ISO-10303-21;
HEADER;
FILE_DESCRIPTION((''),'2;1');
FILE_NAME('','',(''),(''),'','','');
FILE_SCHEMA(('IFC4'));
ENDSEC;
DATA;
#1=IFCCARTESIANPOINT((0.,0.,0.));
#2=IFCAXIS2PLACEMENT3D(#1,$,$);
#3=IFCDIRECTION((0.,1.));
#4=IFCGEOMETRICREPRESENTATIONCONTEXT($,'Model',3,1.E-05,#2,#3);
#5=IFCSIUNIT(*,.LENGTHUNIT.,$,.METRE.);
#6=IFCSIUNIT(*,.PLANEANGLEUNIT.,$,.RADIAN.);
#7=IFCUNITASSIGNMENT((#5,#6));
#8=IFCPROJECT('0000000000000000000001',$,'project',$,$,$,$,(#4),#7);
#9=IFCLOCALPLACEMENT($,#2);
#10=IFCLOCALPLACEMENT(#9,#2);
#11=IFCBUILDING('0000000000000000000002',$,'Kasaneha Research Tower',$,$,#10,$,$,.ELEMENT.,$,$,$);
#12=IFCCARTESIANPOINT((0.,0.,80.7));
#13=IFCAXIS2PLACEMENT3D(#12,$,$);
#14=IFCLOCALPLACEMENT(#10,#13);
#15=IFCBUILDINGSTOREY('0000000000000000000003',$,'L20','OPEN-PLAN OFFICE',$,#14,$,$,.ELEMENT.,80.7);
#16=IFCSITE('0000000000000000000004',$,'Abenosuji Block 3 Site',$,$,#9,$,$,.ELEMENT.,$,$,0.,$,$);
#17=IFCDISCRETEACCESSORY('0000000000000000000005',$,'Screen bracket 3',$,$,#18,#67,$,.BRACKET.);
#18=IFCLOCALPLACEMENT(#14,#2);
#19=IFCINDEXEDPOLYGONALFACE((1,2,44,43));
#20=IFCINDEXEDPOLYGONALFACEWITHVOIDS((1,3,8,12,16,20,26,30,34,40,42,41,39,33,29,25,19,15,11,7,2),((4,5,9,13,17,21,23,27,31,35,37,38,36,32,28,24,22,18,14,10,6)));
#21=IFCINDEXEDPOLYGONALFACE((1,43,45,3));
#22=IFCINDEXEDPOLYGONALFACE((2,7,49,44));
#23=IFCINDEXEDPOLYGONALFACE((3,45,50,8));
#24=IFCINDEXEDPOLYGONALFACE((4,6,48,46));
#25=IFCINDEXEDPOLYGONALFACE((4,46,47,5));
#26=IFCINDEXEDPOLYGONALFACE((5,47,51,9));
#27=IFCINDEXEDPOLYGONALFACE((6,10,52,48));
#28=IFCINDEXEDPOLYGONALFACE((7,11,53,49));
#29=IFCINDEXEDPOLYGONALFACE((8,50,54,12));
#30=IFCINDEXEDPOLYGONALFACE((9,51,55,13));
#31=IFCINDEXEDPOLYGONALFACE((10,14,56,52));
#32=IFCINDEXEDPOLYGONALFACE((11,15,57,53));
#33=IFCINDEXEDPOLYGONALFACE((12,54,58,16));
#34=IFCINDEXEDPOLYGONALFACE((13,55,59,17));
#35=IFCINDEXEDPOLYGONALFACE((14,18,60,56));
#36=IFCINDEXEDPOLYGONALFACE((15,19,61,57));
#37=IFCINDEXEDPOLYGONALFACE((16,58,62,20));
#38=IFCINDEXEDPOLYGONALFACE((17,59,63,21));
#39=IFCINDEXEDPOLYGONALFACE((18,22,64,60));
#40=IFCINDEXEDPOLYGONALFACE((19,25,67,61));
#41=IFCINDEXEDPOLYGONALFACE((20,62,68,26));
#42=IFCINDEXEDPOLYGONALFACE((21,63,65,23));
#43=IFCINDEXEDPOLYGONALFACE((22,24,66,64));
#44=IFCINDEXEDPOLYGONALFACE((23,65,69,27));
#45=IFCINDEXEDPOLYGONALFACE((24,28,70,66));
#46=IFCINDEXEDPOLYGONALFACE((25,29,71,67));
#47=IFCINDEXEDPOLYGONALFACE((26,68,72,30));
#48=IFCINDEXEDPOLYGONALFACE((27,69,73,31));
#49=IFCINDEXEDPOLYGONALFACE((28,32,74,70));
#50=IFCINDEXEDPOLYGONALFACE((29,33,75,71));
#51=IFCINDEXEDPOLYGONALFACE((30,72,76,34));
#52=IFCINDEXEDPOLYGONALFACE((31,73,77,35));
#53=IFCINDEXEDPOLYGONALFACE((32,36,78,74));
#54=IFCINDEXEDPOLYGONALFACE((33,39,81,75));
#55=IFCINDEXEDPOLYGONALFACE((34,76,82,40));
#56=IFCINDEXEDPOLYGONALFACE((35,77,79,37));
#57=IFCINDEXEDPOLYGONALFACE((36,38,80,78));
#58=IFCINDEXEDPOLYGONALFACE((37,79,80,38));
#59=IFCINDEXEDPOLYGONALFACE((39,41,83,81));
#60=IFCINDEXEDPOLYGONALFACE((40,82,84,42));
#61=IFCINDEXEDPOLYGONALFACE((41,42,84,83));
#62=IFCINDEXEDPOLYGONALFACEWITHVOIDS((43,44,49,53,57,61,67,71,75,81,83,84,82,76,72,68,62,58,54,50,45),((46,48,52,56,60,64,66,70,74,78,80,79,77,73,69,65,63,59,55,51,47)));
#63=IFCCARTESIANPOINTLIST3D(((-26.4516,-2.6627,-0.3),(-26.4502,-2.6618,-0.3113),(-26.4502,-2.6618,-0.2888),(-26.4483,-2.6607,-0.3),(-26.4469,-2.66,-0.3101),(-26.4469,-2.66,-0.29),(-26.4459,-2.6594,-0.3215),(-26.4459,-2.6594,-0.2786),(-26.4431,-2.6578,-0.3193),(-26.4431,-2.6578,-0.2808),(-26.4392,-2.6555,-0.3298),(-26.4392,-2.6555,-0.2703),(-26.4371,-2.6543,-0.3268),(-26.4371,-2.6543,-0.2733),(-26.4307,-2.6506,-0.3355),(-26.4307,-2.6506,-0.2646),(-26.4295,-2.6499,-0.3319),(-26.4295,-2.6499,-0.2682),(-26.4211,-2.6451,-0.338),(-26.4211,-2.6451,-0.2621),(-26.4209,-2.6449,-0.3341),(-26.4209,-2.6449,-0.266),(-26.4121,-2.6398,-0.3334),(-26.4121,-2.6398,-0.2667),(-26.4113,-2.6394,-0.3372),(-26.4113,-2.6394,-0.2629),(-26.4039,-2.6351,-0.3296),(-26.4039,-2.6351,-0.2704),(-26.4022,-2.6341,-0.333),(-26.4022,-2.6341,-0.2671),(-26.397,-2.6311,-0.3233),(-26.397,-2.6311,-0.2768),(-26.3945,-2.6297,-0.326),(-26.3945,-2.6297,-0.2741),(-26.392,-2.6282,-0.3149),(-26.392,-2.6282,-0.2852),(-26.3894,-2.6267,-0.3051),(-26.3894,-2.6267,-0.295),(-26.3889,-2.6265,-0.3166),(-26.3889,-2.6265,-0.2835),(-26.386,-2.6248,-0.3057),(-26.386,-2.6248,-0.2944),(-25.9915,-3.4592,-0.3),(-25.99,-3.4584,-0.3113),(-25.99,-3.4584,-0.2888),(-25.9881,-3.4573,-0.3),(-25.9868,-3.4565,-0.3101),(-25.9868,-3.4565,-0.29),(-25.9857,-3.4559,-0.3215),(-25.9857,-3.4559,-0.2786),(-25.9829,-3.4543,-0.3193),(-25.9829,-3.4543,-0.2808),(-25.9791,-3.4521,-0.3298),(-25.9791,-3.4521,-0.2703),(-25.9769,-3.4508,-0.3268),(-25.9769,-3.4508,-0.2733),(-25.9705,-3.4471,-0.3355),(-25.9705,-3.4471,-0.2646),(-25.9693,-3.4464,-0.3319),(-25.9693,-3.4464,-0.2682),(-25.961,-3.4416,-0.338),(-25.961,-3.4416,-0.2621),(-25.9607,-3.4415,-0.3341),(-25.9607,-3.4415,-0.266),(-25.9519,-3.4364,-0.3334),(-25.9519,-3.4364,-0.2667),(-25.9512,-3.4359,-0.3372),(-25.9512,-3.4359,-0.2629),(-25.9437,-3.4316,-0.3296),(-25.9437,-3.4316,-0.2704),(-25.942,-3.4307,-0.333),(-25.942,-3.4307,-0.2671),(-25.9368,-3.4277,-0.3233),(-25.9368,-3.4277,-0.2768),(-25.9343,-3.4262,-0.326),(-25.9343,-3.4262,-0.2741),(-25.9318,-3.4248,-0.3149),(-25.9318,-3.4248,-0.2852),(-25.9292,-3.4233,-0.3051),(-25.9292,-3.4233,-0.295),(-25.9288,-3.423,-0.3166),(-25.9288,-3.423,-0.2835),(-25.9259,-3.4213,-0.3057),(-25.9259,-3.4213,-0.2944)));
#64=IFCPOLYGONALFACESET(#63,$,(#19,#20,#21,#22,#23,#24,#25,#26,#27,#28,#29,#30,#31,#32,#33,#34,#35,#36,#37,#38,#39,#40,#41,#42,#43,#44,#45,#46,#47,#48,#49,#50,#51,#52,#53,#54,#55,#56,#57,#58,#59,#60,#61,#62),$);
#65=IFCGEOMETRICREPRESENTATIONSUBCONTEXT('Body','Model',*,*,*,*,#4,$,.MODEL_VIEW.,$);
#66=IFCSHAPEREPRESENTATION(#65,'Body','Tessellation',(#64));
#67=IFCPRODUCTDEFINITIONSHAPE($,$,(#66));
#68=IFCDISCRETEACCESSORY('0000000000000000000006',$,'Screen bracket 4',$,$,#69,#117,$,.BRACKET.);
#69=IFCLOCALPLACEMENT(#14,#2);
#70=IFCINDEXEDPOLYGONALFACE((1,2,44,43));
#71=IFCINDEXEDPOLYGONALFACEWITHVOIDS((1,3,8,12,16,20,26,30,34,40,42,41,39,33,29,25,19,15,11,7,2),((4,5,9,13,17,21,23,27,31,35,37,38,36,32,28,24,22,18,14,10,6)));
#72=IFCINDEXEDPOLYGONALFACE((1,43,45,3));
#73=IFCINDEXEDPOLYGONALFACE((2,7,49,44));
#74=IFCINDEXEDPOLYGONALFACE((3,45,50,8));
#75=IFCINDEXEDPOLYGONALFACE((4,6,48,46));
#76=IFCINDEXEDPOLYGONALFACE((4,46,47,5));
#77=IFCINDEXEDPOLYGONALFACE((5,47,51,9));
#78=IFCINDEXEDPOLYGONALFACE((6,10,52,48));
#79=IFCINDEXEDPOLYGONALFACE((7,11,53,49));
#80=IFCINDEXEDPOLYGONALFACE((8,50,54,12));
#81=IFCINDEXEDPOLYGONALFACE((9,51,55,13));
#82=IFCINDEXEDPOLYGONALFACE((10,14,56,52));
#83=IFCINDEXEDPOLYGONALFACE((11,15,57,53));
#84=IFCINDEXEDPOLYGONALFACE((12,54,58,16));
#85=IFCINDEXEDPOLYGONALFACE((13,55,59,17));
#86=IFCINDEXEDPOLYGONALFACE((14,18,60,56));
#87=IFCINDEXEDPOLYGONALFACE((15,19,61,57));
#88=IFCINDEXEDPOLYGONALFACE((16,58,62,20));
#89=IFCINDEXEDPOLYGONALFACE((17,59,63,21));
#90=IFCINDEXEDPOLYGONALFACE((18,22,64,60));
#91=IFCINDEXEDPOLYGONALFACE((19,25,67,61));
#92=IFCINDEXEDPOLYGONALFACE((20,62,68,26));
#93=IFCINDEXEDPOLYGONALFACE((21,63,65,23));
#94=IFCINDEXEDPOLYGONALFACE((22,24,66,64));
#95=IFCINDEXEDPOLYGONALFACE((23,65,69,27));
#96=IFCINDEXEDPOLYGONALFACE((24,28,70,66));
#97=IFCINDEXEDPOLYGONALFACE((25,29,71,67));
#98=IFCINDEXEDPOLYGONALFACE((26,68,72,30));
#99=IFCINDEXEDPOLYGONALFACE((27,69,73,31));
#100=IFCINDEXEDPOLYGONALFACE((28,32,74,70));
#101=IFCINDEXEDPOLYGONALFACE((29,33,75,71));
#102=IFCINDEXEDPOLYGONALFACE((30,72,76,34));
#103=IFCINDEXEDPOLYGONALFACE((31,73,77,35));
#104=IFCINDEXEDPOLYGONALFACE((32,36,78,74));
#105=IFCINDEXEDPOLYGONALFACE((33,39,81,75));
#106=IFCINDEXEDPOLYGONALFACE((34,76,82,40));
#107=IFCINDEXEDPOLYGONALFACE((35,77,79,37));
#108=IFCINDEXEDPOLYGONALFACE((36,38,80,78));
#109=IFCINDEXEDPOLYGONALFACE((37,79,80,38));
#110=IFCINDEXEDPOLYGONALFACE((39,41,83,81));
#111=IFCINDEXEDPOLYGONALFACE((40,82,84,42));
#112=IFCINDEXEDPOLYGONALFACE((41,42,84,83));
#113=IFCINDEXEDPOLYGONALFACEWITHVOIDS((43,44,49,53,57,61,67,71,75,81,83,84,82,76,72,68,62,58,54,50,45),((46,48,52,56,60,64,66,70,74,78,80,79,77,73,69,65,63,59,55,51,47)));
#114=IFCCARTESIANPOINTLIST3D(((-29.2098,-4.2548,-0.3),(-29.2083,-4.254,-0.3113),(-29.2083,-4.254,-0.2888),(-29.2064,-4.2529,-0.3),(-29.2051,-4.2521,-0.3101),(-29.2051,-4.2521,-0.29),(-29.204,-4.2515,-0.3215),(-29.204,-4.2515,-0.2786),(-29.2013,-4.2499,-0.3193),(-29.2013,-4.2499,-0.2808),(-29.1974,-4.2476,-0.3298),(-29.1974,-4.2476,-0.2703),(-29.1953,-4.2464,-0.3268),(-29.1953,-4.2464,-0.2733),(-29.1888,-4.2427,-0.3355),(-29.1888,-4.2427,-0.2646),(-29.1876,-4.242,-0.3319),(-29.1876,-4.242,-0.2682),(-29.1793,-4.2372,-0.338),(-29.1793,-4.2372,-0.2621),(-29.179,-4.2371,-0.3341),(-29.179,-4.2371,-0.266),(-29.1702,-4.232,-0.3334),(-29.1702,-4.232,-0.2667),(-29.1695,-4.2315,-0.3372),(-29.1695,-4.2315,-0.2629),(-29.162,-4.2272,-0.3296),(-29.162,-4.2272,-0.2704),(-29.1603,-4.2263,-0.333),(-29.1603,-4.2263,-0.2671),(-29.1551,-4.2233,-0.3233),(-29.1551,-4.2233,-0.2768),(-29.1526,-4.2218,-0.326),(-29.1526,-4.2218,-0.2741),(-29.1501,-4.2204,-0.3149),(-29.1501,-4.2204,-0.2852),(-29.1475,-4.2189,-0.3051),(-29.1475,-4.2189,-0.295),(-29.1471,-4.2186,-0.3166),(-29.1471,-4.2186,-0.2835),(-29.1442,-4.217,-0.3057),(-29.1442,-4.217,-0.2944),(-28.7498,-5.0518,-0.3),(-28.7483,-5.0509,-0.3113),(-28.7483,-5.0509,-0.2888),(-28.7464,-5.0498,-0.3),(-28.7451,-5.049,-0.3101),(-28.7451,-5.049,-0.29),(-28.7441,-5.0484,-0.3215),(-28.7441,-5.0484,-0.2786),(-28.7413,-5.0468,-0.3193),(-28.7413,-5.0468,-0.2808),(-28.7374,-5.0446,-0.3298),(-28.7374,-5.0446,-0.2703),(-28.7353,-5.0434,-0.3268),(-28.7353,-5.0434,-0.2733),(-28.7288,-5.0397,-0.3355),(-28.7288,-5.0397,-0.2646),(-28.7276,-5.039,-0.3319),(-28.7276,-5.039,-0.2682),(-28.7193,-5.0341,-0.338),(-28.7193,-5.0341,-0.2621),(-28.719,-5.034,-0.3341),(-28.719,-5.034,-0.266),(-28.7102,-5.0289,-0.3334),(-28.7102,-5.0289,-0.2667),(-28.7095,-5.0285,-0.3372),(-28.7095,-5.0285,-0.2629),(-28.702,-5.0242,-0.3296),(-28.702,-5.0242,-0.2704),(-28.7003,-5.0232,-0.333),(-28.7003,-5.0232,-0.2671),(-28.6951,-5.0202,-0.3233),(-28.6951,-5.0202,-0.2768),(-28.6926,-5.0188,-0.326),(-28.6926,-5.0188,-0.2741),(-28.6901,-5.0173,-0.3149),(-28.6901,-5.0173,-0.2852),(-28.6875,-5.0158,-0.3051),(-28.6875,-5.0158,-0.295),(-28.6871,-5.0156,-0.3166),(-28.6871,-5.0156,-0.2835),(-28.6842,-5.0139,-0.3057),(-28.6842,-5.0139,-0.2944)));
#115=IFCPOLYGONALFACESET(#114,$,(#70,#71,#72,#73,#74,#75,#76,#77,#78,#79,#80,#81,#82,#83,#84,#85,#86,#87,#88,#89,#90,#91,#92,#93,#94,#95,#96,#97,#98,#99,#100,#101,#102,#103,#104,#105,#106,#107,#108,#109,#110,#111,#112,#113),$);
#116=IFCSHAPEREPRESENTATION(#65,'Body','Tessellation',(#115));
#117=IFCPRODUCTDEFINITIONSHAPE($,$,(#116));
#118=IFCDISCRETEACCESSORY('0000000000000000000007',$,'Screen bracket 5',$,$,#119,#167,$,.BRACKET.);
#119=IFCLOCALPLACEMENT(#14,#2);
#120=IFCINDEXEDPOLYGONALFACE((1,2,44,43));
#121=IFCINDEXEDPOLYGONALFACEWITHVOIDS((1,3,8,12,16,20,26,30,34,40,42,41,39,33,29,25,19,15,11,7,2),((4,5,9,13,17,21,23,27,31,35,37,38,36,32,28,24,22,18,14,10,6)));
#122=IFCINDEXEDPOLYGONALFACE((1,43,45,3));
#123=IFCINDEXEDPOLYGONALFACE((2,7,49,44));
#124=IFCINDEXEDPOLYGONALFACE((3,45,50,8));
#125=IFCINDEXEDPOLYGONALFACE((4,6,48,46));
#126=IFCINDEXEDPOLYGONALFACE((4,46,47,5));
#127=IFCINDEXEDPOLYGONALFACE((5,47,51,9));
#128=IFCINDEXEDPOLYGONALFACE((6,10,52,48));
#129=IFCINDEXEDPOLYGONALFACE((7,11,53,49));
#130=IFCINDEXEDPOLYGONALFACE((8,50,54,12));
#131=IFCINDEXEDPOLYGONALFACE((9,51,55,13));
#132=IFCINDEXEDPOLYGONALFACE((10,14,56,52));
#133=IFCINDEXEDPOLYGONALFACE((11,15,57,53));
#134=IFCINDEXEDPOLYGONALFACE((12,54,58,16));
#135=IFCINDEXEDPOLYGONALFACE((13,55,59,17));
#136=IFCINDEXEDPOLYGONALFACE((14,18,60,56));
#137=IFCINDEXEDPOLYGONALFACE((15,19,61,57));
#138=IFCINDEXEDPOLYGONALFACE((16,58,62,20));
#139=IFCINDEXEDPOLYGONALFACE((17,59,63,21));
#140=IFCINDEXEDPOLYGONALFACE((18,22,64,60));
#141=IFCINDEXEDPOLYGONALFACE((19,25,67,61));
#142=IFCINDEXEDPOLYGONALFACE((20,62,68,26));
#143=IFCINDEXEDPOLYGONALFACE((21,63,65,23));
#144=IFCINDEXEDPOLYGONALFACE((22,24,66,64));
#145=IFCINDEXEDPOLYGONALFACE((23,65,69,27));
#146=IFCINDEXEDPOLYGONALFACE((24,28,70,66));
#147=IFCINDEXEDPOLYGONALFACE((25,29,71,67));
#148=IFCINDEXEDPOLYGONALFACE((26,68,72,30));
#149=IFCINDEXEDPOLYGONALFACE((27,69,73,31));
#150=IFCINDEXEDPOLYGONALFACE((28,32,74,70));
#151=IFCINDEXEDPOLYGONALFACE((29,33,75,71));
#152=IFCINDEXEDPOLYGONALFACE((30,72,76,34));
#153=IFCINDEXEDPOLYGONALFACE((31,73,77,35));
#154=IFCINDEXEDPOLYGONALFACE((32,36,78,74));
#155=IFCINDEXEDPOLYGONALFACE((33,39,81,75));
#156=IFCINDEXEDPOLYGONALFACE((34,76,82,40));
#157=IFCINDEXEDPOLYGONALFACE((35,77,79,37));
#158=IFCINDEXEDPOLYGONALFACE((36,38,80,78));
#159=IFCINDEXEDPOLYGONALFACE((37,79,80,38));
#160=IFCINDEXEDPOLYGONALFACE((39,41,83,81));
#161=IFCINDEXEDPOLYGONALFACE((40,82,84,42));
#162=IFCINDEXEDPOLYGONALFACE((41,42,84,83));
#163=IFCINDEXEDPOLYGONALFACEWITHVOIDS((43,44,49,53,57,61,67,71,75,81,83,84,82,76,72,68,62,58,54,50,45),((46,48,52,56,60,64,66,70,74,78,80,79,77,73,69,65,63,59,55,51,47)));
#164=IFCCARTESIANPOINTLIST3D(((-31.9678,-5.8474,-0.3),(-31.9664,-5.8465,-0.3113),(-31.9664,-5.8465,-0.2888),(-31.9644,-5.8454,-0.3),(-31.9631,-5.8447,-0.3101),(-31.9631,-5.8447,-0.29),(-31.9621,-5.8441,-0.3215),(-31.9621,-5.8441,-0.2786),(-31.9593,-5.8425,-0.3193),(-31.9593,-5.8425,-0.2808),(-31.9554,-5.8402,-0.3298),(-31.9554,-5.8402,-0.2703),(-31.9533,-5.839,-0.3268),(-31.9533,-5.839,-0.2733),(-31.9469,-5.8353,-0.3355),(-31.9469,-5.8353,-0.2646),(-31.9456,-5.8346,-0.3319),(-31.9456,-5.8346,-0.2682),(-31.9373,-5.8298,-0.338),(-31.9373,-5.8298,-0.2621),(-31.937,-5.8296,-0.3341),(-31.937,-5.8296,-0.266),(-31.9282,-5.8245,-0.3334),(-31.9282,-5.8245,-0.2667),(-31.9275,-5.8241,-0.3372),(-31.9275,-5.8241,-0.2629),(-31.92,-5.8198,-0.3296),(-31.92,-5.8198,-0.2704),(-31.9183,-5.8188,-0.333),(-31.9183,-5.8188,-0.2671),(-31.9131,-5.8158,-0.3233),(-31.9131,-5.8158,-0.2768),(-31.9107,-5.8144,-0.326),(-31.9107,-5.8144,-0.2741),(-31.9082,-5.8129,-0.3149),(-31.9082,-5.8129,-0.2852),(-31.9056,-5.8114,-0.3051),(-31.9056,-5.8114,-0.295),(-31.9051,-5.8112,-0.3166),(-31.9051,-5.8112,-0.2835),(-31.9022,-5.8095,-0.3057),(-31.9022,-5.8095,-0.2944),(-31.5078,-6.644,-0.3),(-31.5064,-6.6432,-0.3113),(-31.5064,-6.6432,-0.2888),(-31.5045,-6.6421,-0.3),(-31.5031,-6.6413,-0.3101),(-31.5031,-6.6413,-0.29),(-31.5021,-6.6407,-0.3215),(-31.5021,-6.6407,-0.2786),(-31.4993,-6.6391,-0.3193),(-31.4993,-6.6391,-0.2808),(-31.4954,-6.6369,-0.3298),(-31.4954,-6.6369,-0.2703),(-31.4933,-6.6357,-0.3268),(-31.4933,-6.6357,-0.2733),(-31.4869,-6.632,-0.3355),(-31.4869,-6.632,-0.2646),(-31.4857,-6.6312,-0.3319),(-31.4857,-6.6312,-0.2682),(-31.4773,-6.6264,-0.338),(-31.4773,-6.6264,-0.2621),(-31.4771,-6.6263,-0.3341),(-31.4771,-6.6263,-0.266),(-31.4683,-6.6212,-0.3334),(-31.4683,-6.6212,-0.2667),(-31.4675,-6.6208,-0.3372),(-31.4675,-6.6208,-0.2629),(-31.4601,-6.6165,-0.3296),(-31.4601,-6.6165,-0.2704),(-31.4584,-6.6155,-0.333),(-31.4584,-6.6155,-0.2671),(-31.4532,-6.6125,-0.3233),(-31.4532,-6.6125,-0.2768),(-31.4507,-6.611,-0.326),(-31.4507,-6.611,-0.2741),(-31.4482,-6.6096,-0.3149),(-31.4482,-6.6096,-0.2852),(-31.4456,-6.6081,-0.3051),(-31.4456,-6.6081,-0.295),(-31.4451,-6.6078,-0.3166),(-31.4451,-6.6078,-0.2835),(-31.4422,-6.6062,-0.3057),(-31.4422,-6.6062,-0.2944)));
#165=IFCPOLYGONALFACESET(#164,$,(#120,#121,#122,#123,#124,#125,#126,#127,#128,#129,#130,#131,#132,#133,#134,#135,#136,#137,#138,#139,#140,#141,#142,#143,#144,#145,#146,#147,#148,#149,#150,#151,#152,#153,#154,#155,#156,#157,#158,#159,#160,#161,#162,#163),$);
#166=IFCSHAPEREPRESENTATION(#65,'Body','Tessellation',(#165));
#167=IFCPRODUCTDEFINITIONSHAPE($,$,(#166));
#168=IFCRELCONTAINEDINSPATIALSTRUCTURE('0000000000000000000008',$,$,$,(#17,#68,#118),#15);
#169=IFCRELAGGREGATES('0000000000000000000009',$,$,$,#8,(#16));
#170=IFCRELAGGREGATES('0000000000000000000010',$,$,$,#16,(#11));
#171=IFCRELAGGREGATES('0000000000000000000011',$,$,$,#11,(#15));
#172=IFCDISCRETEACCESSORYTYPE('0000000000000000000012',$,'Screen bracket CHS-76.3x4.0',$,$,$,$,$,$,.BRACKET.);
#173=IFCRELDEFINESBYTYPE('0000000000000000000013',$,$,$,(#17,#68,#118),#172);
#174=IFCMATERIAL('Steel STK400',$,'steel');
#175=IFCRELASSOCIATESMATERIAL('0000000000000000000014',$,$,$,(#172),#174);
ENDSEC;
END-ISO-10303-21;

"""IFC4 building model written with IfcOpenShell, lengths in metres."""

from ifc_helpers import new_model, si_unit, direction, frame, origin, origin_2d, place, context, subcontext, project, spatial, hollow_circle, extrude, material, material_profile, profile_set, type_object, element, save


model = new_model("IFC4")

# Units and contexts
model_context = context("Model", 3, precision=1e-05, world=origin(), true_north=direction((0.0, 1.0)))
body_context = subcontext(model_context, "Body", "Model", "MODEL_VIEW")
ifc_project = project(units=[si_unit("LENGTHUNIT", "METRE"), si_unit("PLANEANGLEUNIT", "RADIAN")], contexts=[model_context])

# Site, building, storey
site_placement = place(None, origin())
site = spatial("IfcSite", under=ifc_project, at=site_placement, Name="Abenosuji Block 3 Site", CompositionType="ELEMENT", RefElevation=0.0)
building_placement = place(site_placement, origin())
building = spatial("IfcBuilding", under=site, at=building_placement, Name="Kasaneha Research Tower", CompositionType="ELEMENT")
storey_placement = place(building_placement, frame((0.0, 0.0, 80.7)))
storey = spatial("IfcBuildingStorey", under=building, at=storey_placement, Name="L20", Description="OPEN-PLAN OFFICE", CompositionType="ELEMENT", Elevation=80.7)

# Discrete accessories
ifc_material_1 = material(Name="Steel STK400", Category="steel")
ifc_material_profile_1 = material_profile(ifc_material_1, hollow_circle(Radius=0.0381, WallThickness=0.0039, at=origin_2d()), Name="CHS-76.3x4.0")
ifc_profile_set_1 = profile_set([ifc_material_profile_1], Name="Steel STK400")
discrete_accessory_type = type_object("IfcDiscreteAccessoryType", Name="Screen bracket CHS-76.3x4.0", PredefinedType="BRACKET", material=ifc_profile_set_1)
discrete_accessory_1_placement = place(storey_placement, frame((-25.9585, -3.4402, -0.3), z_axis=(-0.50022, 0.865898, 0.0), x_axis=(-0.865898, -0.50022, 0.0)))
element("IfcDiscreteAccessory", 1, at=discrete_accessory_1_placement, inside=storey, type_object=discrete_accessory_type, Name="Screen bracket 3", PredefinedType="BRACKET", context=body_context, shape_type="SweptSolid", body=[
    extrude(hollow_circle(Radius=0.0381, WallThickness=0.0039, at=origin_2d()), origin(), (0.0, 0.0, 1.0), 0.9199),
])
discrete_accessory_2_placement = place(storey_placement, frame((-28.7168, -5.0327, -0.3), z_axis=(-0.499906, 0.86608, 0.0), x_axis=(-0.86608, -0.499906, 0.0)))
element("IfcDiscreteAccessory", 2, at=discrete_accessory_2_placement, inside=storey, type_object=discrete_accessory_type, Name="Screen bracket 4", PredefinedType="BRACKET", context=body_context, shape_type="SweptSolid", body=[
    extrude(hollow_circle(Radius=0.0381, WallThickness=0.0039, at=origin_2d()), origin(), (0.0, 0.0, 1.0), 0.9202),
])
discrete_accessory_3_placement = place(storey_placement, frame((-31.4749, -6.625, -0.3), z_axis=(-0.500021, 0.866013, 0.0), x_axis=(-0.866013, -0.500021, 0.0)))
element("IfcDiscreteAccessory", 3, at=discrete_accessory_3_placement, inside=storey, type_object=discrete_accessory_type, Name="Screen bracket 5", PredefinedType="BRACKET", context=body_context, shape_type="SweptSolid", body=[
    extrude(hollow_circle(Radius=0.0381, WallThickness=0.0039, at=origin_2d()), origin(), (0.0, 0.0, 1.0), 0.9199),
])

save(model, "model.ifc")
